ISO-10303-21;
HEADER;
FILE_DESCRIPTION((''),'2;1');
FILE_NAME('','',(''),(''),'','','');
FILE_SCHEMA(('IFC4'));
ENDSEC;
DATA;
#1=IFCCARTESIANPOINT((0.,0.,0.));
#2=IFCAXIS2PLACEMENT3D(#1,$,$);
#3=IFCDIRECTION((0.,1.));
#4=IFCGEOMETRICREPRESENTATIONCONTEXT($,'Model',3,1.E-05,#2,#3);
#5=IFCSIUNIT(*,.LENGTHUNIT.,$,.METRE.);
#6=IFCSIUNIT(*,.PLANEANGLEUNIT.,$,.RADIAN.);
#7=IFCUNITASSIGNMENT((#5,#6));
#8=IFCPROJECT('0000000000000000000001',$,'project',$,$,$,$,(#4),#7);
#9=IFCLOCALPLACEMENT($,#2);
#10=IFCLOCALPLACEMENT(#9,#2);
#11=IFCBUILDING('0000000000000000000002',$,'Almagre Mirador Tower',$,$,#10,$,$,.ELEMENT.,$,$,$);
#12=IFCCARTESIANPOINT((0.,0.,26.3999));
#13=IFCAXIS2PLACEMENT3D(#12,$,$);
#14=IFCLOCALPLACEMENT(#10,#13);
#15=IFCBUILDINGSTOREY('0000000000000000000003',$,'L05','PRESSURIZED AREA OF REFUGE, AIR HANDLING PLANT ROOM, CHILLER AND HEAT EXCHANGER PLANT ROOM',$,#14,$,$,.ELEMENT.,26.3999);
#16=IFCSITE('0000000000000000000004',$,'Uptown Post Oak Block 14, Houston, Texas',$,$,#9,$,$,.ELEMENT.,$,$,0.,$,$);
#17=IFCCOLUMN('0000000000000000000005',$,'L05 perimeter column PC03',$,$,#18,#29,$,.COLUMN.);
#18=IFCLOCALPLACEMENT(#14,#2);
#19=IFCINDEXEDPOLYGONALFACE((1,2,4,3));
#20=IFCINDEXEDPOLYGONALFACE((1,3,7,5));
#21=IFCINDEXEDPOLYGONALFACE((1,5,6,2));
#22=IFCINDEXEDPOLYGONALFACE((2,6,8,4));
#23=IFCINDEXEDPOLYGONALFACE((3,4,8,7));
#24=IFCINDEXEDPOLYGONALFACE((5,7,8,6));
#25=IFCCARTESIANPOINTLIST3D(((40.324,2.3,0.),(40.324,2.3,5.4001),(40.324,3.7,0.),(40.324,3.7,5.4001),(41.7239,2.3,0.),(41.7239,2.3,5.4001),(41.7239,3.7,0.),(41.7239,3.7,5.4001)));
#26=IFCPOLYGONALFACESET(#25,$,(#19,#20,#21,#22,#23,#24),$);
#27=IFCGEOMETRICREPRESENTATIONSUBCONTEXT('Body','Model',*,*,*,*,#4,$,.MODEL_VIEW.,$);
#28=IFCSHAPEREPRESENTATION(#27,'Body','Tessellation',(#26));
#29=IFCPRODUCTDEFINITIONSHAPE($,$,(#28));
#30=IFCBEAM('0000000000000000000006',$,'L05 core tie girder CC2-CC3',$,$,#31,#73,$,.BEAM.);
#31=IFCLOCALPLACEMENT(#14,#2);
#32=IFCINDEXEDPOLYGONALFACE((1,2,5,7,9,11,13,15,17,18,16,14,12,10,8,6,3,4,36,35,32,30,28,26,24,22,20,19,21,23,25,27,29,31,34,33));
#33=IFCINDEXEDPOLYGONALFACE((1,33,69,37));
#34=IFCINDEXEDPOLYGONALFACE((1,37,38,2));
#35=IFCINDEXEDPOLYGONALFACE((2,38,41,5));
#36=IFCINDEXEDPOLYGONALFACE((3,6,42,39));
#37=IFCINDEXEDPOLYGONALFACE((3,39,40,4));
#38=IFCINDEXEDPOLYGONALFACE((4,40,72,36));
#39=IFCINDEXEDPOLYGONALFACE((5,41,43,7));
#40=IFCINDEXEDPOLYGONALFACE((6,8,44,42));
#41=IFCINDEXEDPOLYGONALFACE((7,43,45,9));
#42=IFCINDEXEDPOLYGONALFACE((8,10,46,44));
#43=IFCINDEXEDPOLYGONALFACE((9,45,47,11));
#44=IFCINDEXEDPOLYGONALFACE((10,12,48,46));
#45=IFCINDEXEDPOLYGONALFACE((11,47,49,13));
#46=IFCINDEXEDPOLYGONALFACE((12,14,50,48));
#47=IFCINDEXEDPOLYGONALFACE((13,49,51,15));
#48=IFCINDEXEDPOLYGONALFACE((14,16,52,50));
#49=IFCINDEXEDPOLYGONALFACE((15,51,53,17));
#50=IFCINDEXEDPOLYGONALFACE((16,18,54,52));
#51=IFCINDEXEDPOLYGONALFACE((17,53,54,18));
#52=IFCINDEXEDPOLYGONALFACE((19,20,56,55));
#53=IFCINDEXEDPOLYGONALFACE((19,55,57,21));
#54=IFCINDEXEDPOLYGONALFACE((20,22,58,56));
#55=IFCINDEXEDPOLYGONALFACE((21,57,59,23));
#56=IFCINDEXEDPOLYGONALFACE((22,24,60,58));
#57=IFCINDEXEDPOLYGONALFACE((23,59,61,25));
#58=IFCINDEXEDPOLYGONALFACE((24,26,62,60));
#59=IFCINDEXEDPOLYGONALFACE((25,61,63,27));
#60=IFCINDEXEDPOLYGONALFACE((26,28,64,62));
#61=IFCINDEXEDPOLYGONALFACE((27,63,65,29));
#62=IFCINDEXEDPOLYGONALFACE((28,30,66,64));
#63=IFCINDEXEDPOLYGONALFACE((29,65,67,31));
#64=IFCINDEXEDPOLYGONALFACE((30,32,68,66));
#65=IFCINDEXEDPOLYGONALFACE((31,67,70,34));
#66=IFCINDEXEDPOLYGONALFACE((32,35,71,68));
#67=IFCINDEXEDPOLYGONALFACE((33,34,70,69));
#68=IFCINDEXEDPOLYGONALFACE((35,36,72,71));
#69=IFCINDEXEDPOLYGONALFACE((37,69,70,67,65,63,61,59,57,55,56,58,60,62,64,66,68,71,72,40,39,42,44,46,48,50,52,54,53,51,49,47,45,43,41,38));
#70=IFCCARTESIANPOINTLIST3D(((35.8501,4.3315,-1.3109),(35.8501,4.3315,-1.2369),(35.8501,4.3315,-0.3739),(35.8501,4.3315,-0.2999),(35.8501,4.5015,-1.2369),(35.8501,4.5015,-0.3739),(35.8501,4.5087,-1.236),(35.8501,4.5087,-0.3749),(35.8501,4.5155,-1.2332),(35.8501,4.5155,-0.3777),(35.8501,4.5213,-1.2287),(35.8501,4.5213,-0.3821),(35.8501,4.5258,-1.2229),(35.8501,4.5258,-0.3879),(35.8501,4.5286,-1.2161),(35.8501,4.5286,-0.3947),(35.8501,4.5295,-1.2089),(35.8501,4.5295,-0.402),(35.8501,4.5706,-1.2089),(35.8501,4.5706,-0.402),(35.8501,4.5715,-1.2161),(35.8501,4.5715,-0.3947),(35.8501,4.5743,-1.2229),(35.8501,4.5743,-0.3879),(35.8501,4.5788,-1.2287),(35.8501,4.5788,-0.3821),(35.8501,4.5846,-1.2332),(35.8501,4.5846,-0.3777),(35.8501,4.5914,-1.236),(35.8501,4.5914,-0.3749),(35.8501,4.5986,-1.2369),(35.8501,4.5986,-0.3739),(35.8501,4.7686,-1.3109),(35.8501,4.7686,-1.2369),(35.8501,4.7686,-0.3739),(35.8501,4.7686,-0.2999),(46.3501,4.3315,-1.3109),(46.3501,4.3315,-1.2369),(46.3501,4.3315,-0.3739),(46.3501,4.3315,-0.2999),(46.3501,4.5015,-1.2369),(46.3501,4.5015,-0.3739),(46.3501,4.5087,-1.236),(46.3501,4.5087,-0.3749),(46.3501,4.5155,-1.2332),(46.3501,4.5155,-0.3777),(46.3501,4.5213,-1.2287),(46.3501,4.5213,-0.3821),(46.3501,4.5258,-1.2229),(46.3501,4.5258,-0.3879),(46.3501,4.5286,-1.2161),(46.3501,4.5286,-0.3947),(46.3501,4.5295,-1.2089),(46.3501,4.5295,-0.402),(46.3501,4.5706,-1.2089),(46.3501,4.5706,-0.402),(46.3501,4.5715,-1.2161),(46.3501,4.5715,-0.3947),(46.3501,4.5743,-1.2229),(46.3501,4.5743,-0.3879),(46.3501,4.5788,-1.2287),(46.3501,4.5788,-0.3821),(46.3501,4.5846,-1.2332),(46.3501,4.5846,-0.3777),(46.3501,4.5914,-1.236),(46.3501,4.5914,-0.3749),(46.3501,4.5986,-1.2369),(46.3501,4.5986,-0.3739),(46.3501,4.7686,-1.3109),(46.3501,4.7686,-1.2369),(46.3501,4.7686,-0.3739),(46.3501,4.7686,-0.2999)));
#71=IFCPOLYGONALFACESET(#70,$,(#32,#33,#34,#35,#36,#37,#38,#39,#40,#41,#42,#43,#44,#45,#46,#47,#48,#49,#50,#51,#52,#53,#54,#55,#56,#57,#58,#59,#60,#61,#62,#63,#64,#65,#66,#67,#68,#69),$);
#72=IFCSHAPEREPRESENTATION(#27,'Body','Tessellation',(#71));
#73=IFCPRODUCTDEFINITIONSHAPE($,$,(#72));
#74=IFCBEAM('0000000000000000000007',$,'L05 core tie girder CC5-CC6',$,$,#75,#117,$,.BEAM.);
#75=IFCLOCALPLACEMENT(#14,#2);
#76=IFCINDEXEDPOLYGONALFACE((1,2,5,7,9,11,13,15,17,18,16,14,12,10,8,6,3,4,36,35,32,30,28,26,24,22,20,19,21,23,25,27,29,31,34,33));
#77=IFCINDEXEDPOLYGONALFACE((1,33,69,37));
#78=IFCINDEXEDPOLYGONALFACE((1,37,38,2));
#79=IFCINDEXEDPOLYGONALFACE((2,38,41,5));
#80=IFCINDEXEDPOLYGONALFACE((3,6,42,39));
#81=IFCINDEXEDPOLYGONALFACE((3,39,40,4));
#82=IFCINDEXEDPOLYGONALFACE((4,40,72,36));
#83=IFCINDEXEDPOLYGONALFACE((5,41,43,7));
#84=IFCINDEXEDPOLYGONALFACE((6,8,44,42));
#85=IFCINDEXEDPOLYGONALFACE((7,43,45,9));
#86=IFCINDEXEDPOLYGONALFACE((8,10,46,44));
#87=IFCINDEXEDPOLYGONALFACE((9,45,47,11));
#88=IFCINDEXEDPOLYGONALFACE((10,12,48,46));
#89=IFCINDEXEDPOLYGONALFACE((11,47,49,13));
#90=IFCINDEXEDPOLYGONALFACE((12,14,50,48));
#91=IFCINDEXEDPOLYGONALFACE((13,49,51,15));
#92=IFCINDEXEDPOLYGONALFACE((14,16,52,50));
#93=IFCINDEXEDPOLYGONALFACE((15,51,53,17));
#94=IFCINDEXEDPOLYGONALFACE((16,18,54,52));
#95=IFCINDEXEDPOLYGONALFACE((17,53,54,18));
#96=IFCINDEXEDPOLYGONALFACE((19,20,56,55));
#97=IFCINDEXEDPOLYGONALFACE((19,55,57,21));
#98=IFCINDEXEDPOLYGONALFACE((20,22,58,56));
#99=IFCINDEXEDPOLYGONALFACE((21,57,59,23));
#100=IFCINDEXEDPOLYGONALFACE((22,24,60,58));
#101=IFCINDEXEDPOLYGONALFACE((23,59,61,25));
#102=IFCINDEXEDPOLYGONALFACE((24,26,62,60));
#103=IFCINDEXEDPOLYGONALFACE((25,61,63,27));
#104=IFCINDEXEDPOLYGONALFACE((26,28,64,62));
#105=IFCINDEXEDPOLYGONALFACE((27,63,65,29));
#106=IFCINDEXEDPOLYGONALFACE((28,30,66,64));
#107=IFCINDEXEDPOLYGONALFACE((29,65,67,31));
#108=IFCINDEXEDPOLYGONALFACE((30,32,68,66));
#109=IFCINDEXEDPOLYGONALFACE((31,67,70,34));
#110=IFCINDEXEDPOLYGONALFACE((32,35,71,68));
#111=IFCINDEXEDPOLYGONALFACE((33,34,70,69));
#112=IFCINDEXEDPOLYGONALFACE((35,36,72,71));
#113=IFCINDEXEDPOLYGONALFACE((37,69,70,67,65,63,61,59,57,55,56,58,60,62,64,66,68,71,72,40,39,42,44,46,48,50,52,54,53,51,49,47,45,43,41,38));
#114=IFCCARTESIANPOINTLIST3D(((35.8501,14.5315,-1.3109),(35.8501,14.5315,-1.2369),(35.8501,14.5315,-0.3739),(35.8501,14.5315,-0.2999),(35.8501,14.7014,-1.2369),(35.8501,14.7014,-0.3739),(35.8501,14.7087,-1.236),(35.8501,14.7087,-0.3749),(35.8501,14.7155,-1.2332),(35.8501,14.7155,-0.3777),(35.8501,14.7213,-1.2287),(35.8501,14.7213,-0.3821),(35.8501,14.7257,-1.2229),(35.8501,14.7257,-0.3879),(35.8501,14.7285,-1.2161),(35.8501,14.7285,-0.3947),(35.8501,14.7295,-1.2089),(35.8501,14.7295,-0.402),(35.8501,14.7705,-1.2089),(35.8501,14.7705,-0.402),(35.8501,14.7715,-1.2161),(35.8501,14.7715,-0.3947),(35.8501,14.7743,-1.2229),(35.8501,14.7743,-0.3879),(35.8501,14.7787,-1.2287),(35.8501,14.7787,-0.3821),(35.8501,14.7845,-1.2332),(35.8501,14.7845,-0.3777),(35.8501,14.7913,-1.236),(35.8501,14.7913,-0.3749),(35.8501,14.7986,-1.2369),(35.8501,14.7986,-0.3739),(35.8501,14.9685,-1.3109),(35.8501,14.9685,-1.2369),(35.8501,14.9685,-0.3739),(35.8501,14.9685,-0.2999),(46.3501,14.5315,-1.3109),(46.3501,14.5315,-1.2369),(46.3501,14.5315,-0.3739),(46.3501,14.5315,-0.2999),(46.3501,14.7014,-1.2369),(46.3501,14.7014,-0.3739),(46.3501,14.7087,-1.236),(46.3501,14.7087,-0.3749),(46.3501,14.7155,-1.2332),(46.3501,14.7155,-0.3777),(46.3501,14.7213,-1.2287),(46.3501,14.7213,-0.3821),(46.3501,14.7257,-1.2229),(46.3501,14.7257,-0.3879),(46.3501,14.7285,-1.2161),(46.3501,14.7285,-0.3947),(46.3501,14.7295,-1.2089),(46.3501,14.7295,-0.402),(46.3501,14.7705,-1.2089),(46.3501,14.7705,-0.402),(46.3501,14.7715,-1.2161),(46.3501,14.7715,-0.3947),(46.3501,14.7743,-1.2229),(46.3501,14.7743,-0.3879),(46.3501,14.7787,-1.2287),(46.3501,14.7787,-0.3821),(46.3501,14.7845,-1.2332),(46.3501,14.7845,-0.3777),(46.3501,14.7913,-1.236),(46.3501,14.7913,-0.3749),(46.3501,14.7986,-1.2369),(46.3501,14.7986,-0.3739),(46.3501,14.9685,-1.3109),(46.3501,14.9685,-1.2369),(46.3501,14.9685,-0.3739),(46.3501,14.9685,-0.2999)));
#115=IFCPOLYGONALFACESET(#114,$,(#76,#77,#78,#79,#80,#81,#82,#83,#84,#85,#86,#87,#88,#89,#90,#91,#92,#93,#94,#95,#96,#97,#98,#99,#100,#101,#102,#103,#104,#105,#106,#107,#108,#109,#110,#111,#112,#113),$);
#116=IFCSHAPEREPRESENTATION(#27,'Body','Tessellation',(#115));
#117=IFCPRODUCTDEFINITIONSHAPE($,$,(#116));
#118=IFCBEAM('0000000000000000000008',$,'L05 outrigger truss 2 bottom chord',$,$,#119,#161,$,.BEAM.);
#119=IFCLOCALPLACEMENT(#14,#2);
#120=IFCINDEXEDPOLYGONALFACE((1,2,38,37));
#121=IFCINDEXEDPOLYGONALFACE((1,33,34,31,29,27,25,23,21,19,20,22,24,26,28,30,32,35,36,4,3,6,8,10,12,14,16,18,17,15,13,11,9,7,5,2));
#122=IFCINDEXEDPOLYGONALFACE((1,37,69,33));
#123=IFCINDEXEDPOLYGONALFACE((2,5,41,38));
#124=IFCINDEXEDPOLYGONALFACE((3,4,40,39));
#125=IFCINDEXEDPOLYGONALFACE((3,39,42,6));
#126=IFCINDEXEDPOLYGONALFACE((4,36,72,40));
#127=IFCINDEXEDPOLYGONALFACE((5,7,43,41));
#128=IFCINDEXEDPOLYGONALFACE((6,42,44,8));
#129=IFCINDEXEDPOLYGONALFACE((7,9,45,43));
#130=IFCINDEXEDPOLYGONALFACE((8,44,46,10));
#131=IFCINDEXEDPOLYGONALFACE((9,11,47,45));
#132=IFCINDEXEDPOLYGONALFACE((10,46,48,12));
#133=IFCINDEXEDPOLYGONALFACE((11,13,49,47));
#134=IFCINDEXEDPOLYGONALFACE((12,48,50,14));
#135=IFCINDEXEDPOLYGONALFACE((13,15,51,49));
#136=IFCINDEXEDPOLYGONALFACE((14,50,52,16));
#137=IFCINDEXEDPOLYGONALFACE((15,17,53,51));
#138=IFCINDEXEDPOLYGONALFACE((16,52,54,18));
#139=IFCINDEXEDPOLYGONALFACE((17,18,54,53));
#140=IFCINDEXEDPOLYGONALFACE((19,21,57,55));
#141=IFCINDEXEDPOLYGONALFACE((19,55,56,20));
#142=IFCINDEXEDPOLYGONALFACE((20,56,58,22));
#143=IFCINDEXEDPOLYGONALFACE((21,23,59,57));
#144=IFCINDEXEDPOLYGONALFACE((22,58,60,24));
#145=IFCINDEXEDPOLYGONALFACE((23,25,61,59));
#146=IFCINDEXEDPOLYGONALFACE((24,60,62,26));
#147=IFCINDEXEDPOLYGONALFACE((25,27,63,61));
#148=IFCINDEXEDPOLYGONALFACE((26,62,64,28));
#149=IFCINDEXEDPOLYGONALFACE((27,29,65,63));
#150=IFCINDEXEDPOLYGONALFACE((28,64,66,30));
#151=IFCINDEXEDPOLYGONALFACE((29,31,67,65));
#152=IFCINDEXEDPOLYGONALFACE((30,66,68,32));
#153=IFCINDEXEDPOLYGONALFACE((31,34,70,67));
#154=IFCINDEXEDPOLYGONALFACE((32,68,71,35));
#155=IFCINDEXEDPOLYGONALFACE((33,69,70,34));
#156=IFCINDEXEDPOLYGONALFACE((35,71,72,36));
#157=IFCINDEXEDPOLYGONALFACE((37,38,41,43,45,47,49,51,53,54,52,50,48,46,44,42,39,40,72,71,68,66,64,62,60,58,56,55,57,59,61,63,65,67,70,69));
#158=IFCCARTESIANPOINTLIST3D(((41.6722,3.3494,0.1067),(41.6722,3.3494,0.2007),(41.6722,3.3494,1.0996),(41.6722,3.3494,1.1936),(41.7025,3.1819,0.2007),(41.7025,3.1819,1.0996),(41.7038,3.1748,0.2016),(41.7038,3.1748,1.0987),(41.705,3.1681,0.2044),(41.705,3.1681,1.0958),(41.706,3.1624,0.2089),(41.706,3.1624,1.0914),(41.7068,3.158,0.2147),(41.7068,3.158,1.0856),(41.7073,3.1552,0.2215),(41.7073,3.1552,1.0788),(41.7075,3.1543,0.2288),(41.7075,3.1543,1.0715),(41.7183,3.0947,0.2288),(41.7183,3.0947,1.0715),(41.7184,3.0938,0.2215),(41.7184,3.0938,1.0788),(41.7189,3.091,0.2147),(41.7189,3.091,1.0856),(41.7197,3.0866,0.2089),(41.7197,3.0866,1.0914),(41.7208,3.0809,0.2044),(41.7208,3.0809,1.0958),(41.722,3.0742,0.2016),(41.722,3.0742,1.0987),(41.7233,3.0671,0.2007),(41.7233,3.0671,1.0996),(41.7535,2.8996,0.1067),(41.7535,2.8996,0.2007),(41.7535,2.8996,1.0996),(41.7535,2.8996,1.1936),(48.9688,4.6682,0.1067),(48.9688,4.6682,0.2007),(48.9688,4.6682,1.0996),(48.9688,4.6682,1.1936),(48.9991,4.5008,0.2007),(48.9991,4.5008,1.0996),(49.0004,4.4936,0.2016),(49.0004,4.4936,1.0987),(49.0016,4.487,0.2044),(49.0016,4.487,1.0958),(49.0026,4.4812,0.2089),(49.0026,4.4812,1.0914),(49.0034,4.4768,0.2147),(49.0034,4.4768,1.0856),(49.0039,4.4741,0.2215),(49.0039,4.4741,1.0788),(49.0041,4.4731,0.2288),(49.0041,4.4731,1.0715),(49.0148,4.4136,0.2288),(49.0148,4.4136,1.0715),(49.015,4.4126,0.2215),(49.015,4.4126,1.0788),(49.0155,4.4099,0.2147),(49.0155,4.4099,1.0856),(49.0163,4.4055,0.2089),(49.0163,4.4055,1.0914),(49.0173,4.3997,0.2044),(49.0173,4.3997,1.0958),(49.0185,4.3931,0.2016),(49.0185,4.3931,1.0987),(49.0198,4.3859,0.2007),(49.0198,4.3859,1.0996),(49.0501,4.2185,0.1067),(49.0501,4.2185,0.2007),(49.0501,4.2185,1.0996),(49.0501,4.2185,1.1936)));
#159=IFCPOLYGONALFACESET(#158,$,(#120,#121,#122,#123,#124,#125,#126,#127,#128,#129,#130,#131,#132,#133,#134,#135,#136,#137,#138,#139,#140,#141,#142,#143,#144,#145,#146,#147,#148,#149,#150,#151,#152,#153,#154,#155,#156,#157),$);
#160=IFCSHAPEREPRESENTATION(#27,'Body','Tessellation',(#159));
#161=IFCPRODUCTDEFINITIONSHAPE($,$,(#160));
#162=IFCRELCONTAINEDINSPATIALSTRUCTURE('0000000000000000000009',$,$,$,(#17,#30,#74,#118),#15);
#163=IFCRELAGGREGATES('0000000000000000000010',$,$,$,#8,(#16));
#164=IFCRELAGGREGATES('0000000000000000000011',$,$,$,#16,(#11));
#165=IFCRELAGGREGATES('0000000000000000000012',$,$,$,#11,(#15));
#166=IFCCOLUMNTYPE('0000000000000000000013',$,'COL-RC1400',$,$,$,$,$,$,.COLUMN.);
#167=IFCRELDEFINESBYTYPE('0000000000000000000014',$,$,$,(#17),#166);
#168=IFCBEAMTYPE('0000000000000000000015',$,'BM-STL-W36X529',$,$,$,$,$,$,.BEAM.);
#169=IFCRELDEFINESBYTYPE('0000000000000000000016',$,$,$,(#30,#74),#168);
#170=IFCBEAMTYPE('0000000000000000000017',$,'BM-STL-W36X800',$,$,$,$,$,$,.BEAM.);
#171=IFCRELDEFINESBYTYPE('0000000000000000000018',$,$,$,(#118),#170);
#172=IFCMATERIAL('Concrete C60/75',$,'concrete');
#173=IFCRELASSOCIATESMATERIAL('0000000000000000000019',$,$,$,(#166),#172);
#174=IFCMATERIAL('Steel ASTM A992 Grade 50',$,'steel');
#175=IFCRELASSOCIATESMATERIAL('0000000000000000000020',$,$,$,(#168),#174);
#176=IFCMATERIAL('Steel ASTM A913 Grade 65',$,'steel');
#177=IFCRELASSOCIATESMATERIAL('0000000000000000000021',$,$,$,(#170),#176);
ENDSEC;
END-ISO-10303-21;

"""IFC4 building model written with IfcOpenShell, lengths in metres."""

from ifc_helpers import new_model, si_unit, direction, frame, origin, origin_2d, place, context, subcontext, project, spatial, rectangle, i_section, extrude, material, material_profile, profile_set, type_object, element, save


model = new_model("IFC4")

# Units and contexts
model_context = context("Model", 3, precision=1e-05, world=origin(), true_north=direction((0.0, 1.0)))
body_context = subcontext(model_context, "Body", "Model", "MODEL_VIEW")
ifc_project = project(units=[si_unit("LENGTHUNIT", "METRE"), si_unit("PLANEANGLEUNIT", "RADIAN")], contexts=[model_context])

# Site, building, storey
site_placement = place(None, origin())
site = spatial("IfcSite", under=ifc_project, at=site_placement, Name="Uptown Post Oak Block 14, Houston, Texas", CompositionType="ELEMENT", RefElevation=0.0)
building_placement = place(site_placement, origin())
building = spatial("IfcBuilding", under=site, at=building_placement, Name="Almagre Mirador Tower", CompositionType="ELEMENT")
storey_placement = place(building_placement, frame((0.0, 0.0, 26.3999)))
storey = spatial("IfcBuildingStorey", under=building, at=storey_placement, Name="L05", Description="PRESSURIZED AREA OF REFUGE, AIR HANDLING PLANT ROOM, CHILLER AND HEAT EXCHANGER PLANT ROOM", CompositionType="ELEMENT", Elevation=26.3999)

# Column
ifc_material_1 = material(Name="Concrete C60/75", Category="concrete")
ifc_material_profile_1 = material_profile(ifc_material_1, rectangle(XDim=1.3999, YDim=1.3999, at=origin_2d()), Name="RC1400X1400")
ifc_profile_set_1 = profile_set([ifc_material_profile_1], Name="Concrete C60/75")
column_type = type_object("IfcColumnType", Name="COL-RC1400", PredefinedType="COLUMN", material=ifc_profile_set_1)
column_placement = place(storey_placement, frame((41.0239, 3.0, 0.0), z_axis=(0.0, 0.0, 1.0), x_axis=(1.0, 0.0, 0.0)))
element("IfcColumn", 1, at=column_placement, inside=storey, type_object=column_type, Name="L05 perimeter column PC03", PredefinedType="COLUMN", context=body_context, shape_type="SweptSolid", body=[
    extrude(rectangle(XDim=1.3999, YDim=1.3999, at=origin_2d()), origin(), (0.0, 0.0, 1.0), 5.4001),
])

# Beams
ifc_material_2 = material(Name="Steel ASTM A992 Grade 50", Category="steel")
ifc_material_profile_2 = material_profile(ifc_material_2, i_section(OverallWidth=0.437, OverallDepth=1.011, WebThickness=0.041, FlangeThickness=0.074, FilletRadius=0.0281, at=origin_2d()), Name="W36X529")
ifc_profile_set_2 = profile_set([ifc_material_profile_2], Name="Steel ASTM A992 Grade 50")
beam_type_1 = type_object("IfcBeamType", Name="BM-STL-W36X529", PredefinedType="BEAM", material=ifc_profile_set_2)
for number, where, z_axis, x_axis, name in (
    (2, (35.8501, 4.55, -0.8054), (1.0, 0.0, 0.0), (0.0, 1.0, 0.0), "L05 core tie girder CC2-CC3"),
    (3, (35.8501, 14.75, -0.8054), (1.0, 0.0, 0.0), (0.0, 1.0, 0.0), "L05 core tie girder CC5-CC6"),
):
    element("IfcBeam", number, at=place(storey_placement, frame(where, z_axis=z_axis, x_axis=x_axis)), inside=storey, type_object=beam_type_1, Name=name, PredefinedType="BEAM", context=body_context, shape_type="SweptSolid", body=[
        extrude(i_section(OverallWidth=0.437, OverallDepth=1.011, WebThickness=0.041, FlangeThickness=0.074, FilletRadius=0.0281, at=origin_2d()), origin(), (0.0, 0.0, 1.0), 10.5),
    ])
ifc_material_3 = material(Name="Steel ASTM A913 Grade 65", Category="steel")
ifc_material_profile_3 = material_profile(ifc_material_3, i_section(OverallWidth=0.457, OverallDepth=1.0869, WebThickness=0.0605, FlangeThickness=0.094, FilletRadius=0.0281, at=origin_2d()), Name="W36X800")
ifc_profile_set_3 = profile_set([ifc_material_profile_3], Name="Steel ASTM A913 Grade 65")
beam_type_2 = type_object("IfcBeamType", Name="BM-STL-W36X800", PredefinedType="BEAM", material=ifc_profile_set_3)
for number, where, z_axis, x_axis, name in (
    (4, (41.7129, 3.1245, 0.6501), (0.984055, 0.177865, 0.0), (-0.177865, 0.984055, 0.0), "L05 outrigger truss 2 bottom chord"),
):
    element("IfcBeam", number, at=place(storey_placement, frame(where, z_axis=z_axis, x_axis=x_axis)), inside=storey, type_object=beam_type_2, Name=name, PredefinedType="BEAM", context=body_context, shape_type="SweptSolid", body=[
        extrude(i_section(OverallWidth=0.457, OverallDepth=1.0869, WebThickness=0.0605, FlangeThickness=0.094, FilletRadius=0.0281, at=origin_2d()), origin(), (0.0, 0.0, 1.0), 7.4148),
    ])

save(model, "model.ifc")
